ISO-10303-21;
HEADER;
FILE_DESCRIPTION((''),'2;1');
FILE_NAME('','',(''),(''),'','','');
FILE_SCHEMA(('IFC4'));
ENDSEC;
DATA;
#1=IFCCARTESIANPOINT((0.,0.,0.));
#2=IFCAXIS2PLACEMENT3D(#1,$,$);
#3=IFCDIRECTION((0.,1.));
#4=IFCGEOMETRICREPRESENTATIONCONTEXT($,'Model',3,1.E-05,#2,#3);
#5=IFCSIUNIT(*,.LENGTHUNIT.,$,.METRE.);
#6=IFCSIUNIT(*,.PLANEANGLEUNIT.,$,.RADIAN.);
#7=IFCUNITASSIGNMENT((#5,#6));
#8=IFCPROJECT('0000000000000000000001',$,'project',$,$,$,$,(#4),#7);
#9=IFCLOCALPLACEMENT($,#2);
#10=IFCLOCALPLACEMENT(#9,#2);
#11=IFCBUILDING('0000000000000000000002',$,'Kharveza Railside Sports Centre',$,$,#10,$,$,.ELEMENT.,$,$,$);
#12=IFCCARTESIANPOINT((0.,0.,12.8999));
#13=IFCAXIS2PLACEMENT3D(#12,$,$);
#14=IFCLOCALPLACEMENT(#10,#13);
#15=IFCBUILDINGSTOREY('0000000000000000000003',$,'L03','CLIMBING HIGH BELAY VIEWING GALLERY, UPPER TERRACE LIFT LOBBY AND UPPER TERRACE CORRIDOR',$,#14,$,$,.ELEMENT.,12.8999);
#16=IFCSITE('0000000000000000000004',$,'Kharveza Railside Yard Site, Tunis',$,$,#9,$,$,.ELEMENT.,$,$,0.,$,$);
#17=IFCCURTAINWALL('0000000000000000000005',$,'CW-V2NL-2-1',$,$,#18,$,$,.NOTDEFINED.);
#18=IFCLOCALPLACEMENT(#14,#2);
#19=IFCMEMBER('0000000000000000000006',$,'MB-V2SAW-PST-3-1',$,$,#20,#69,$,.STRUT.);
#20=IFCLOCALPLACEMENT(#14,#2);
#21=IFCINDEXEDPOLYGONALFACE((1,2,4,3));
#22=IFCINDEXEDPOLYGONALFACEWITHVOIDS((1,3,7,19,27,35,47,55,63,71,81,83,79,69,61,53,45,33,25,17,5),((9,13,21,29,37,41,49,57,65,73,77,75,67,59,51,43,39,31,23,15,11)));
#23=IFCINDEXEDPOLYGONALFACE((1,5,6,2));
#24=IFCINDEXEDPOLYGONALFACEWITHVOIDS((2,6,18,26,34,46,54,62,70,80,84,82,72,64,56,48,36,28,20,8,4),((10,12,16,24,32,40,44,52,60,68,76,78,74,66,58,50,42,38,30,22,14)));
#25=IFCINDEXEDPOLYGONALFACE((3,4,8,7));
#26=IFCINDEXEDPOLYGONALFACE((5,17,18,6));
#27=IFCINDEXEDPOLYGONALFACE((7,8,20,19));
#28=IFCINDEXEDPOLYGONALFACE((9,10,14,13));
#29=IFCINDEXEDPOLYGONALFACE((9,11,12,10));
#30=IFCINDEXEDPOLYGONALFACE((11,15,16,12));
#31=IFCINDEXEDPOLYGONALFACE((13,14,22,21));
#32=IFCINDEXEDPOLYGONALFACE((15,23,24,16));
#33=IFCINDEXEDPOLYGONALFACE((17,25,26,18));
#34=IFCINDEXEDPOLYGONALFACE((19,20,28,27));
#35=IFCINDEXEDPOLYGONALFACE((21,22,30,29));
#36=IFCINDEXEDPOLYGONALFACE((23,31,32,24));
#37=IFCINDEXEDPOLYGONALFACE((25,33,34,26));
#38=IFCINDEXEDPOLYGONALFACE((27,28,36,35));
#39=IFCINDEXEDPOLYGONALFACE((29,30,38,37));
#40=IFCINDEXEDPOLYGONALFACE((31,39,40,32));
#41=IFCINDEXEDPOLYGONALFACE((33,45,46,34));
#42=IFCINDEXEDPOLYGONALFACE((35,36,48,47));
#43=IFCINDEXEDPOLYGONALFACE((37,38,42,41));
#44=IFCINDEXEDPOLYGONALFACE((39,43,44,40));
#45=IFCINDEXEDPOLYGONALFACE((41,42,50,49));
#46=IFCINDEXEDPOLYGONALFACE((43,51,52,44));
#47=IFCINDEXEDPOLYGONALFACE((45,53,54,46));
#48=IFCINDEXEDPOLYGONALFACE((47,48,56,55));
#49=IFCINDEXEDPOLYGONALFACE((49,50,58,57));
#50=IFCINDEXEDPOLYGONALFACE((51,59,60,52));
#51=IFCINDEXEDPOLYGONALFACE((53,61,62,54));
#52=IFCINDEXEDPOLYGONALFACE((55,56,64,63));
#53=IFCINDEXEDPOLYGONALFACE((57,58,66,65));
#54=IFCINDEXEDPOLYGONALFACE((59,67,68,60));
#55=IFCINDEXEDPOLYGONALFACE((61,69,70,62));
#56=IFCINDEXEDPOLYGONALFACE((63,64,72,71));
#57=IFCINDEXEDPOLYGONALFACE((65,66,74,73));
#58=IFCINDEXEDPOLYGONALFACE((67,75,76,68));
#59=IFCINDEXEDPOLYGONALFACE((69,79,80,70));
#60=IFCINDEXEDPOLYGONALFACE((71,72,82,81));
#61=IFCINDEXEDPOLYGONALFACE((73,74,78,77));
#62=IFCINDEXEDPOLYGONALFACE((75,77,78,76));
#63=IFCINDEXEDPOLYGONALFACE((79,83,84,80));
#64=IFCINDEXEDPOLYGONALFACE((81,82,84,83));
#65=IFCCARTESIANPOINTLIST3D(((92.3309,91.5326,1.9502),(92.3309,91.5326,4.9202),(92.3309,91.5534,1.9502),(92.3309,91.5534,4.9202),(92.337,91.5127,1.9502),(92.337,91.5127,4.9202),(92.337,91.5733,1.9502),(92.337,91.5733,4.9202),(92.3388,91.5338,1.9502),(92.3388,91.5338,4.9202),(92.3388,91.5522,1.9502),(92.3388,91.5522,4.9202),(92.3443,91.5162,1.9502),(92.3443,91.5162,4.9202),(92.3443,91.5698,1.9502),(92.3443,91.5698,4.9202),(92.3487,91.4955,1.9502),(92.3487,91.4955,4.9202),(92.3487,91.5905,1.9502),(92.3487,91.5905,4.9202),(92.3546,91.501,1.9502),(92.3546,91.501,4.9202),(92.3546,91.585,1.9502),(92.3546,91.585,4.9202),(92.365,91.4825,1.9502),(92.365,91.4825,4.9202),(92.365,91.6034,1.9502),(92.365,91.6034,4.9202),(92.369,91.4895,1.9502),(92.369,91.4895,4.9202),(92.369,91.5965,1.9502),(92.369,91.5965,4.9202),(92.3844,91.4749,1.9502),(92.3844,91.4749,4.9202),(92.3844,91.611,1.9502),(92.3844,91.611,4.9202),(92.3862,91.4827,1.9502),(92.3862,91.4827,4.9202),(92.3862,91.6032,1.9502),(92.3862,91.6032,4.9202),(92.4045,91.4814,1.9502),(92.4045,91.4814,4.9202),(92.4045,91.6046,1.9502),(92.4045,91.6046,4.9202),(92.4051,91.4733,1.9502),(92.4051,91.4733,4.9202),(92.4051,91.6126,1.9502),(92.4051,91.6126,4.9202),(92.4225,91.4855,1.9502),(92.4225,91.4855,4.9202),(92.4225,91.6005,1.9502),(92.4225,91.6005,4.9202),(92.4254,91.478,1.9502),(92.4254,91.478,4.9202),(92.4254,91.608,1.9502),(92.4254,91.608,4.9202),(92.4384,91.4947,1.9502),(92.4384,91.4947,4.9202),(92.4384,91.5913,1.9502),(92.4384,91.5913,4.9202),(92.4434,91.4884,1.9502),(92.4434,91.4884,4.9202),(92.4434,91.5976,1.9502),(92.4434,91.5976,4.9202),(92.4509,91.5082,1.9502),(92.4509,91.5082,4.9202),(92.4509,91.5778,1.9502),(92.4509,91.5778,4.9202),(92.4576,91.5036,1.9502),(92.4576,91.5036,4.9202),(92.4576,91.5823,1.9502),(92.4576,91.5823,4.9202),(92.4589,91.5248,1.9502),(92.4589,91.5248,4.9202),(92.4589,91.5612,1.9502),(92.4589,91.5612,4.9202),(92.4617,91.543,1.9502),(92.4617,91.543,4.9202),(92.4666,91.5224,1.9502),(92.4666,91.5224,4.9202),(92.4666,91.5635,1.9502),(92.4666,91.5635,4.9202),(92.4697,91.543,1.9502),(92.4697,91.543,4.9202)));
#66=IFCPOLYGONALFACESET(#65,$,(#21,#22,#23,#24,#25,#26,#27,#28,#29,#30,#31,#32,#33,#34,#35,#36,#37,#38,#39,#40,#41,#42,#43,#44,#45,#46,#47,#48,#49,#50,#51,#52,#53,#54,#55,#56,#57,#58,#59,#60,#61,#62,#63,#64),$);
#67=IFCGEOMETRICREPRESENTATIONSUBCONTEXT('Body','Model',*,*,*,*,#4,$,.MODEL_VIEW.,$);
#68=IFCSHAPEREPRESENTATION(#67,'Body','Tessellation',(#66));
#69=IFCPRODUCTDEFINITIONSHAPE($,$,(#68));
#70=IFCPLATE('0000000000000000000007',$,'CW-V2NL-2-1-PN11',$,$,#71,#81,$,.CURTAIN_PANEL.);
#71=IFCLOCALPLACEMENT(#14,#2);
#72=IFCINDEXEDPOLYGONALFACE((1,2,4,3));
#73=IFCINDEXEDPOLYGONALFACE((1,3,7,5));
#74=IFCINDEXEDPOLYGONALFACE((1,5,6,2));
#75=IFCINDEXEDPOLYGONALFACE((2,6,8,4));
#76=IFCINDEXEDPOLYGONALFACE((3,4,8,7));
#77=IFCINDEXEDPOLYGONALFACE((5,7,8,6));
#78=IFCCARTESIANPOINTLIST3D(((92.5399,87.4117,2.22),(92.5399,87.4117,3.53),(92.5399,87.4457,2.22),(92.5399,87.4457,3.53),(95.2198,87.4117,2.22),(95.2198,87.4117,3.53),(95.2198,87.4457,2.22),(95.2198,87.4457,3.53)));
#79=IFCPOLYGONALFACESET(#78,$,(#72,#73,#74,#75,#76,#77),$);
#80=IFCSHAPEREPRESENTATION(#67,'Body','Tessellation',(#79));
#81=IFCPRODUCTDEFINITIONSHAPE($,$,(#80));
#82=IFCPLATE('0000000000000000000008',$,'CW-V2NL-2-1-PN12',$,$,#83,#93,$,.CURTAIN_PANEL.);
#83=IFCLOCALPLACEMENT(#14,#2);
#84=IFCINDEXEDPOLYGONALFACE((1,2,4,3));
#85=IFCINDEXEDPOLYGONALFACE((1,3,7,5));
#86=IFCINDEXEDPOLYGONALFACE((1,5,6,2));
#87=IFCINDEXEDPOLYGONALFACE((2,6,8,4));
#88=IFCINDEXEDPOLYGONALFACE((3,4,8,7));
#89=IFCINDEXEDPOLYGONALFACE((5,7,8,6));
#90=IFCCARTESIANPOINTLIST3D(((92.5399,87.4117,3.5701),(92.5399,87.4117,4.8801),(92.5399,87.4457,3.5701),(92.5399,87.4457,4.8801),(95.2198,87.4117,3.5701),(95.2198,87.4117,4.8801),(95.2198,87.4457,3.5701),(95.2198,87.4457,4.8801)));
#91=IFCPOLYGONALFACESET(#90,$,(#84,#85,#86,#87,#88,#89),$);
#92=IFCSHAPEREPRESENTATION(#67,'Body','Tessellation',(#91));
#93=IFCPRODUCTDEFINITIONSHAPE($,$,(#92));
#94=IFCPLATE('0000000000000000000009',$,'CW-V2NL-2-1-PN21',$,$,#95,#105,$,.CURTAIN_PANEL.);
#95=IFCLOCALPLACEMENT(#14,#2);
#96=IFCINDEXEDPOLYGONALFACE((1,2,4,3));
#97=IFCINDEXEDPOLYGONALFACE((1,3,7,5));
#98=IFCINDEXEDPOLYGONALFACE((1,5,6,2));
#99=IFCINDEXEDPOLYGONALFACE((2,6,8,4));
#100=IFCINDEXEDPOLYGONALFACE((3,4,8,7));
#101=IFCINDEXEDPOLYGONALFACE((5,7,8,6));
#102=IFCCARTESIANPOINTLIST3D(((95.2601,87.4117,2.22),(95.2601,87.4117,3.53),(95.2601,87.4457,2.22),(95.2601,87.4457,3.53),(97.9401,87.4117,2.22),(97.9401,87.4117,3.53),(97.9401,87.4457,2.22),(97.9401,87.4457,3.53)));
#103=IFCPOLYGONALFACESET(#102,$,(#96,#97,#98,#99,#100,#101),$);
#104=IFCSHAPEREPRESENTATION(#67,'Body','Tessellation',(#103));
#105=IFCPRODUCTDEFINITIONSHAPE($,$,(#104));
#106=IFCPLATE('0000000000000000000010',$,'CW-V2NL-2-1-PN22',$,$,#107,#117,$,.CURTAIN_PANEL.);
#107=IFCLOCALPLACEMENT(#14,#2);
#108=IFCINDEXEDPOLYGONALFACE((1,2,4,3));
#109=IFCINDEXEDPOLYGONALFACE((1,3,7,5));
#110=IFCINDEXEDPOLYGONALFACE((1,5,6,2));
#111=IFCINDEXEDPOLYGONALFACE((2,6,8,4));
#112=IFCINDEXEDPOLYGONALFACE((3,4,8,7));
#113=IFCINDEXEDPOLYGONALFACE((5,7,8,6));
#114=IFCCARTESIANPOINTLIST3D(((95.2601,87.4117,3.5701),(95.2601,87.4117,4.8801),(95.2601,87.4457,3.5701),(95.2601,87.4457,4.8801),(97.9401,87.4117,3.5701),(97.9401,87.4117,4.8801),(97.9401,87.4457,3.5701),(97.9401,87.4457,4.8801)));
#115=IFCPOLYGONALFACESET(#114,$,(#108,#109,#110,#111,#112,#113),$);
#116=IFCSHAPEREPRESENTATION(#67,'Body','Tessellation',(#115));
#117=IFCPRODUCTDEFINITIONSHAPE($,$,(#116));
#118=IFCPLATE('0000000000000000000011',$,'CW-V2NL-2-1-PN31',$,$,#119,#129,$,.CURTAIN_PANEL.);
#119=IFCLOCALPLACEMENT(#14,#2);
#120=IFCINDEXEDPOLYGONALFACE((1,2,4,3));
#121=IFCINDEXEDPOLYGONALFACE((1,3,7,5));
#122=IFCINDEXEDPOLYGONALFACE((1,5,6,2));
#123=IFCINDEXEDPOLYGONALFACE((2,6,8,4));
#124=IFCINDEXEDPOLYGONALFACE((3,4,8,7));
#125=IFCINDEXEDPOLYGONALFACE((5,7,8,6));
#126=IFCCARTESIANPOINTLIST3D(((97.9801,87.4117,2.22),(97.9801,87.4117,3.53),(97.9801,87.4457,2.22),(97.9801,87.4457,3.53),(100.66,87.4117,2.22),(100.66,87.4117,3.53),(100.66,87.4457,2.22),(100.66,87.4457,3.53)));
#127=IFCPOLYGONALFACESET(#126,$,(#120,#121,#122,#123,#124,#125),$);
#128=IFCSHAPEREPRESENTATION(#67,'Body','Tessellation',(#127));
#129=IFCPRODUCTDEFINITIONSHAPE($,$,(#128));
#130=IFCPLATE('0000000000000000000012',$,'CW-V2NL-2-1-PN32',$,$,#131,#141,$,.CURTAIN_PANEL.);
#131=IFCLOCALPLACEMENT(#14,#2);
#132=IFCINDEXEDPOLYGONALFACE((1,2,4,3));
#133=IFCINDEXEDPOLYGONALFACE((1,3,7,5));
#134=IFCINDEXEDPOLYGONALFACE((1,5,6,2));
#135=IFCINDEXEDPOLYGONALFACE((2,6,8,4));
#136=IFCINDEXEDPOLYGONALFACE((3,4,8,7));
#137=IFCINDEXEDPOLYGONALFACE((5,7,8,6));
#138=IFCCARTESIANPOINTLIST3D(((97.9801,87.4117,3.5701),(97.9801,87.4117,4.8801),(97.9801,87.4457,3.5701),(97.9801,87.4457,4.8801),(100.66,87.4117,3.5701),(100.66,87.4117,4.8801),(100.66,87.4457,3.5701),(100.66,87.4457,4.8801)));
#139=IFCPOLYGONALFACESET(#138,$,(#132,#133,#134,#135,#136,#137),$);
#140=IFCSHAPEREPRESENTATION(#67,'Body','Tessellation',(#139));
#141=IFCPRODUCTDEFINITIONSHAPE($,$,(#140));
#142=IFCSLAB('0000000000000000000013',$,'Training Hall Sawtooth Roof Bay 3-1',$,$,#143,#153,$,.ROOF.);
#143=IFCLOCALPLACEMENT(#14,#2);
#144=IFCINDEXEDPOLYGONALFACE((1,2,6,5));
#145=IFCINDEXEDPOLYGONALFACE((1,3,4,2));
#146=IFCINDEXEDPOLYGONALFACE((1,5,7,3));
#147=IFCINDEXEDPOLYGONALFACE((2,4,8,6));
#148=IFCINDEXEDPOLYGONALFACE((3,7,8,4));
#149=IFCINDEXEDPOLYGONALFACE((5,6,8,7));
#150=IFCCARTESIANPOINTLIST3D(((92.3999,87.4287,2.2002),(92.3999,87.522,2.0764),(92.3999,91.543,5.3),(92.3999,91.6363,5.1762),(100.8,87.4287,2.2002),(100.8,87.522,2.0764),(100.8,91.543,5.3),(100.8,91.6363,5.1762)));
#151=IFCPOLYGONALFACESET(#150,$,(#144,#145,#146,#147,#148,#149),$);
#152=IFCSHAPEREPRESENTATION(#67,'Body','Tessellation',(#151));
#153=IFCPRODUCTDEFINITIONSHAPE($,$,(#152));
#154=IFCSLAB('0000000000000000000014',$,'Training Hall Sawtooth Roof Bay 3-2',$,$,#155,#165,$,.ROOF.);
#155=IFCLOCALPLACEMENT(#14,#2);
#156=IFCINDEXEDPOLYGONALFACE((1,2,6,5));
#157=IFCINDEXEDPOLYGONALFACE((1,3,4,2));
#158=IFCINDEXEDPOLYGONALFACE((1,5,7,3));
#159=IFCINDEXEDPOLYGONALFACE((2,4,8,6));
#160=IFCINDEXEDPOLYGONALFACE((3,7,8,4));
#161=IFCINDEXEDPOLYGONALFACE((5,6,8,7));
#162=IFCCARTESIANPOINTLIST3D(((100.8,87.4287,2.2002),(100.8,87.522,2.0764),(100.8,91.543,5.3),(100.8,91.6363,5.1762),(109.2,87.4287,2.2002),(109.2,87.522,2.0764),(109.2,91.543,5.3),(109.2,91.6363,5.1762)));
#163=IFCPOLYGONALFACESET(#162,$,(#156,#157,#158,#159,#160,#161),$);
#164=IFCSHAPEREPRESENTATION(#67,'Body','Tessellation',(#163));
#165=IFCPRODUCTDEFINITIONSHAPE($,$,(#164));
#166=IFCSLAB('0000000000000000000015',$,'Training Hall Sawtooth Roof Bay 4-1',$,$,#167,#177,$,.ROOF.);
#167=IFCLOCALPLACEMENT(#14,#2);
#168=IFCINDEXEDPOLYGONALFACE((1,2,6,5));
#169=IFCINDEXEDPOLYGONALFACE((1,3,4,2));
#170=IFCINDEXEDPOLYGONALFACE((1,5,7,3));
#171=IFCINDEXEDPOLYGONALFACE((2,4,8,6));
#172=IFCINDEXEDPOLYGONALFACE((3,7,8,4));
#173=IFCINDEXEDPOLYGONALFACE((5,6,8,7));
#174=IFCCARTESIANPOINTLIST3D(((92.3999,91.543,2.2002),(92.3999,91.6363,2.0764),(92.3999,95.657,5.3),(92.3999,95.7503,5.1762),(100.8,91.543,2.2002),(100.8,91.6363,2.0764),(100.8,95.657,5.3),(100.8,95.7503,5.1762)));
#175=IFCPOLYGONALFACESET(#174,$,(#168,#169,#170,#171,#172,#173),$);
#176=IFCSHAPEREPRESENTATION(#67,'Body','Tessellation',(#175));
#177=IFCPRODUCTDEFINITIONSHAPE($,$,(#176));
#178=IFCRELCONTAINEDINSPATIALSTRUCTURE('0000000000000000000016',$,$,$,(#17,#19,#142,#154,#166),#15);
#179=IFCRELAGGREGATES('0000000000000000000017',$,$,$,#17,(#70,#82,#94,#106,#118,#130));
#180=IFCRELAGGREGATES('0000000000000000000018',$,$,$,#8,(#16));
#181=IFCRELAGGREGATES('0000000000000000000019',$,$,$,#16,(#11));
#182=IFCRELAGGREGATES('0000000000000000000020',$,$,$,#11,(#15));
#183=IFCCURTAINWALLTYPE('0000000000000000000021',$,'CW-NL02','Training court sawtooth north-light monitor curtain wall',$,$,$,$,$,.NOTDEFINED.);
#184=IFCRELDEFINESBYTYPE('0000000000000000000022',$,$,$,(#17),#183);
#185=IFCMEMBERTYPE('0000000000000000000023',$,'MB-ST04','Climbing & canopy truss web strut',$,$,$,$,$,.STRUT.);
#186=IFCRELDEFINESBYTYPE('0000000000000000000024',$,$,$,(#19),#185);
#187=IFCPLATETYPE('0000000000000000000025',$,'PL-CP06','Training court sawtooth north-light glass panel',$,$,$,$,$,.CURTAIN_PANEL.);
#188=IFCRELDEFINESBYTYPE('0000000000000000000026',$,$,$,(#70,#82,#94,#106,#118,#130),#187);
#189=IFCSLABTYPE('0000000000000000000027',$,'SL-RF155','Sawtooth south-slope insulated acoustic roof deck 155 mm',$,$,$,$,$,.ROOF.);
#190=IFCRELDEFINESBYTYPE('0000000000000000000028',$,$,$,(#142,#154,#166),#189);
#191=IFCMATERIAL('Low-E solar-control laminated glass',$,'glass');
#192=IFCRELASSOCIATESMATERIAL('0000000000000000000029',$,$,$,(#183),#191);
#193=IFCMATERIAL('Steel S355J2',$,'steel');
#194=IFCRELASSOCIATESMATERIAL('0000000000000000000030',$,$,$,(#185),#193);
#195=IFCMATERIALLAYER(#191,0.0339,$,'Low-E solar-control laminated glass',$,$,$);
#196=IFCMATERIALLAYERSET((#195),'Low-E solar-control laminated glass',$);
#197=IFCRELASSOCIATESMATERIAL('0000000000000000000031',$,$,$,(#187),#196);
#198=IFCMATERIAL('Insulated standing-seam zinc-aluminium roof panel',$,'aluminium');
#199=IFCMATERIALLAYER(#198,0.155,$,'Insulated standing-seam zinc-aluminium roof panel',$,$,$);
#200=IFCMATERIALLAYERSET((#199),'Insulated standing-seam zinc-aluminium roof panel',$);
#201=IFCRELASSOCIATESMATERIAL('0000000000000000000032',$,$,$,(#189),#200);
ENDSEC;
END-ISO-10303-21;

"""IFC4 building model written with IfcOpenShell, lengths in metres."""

from ifc_helpers import new_model, si_unit, direction, frame, origin, origin_2d, place, context, subcontext, project, spatial, polyline, rectangle, hollow_circle, outline, extrude, material, layer, layer_set, material_profile, profile_set, type_object, element, aggregate, save


model = new_model("IFC4")

# Units and contexts
model_context = context("Model", 3, precision=1e-05, world=origin(), true_north=direction((0.0, 1.0)))
body_context = subcontext(model_context, "Body", "Model", "MODEL_VIEW")
ifc_project = project(units=[si_unit("LENGTHUNIT", "METRE"), si_unit("PLANEANGLEUNIT", "RADIAN")], contexts=[model_context])

# Site, building, storey
site_placement = place(None, origin())
site = spatial("IfcSite", under=ifc_project, at=site_placement, Name="Kharveza Railside Yard Site, Tunis", CompositionType="ELEMENT", RefElevation=0.0)
building_placement = place(site_placement, origin())
building = spatial("IfcBuilding", under=site, at=building_placement, Name="Kharveza Railside Sports Centre", CompositionType="ELEMENT")
storey_placement = place(building_placement, frame((0.0, 0.0, 12.8999)))
storey = spatial("IfcBuildingStorey", under=building, at=storey_placement, Name="L03", Description="CLIMBING HIGH BELAY VIEWING GALLERY, UPPER TERRACE LIFT LOBBY AND UPPER TERRACE CORRIDOR", CompositionType="ELEMENT", Elevation=12.8999)

# Shared definitions
ifc_material_1 = material(Name="Steel S355J2", Category="steel")

# Curtain wall
ifc_material_2 = material(Name="Low-E solar-control laminated glass", Category="glass")
curtain_wall_type = type_object("IfcCurtainWallType", Name="CW-NL02", Description="Training court sawtooth north-light monitor curtain wall", PredefinedType="NOTDEFINED", material=ifc_material_2)
curtain_wall_1_placement = place(storey_placement, origin())
curtain_wall_1 = element("IfcCurtainWall", 1, at=curtain_wall_1_placement, inside=storey, type_object=curtain_wall_type, Name="CW-V2NL-2-1", PredefinedType="NOTDEFINED")

# Member
ifc_material_profile_1 = material_profile(ifc_material_1, hollow_circle(Radius=0.0698, WallThickness=0.0081, at=origin_2d()), Name="CHS 139.7x8.0")
ifc_profile_set_1 = profile_set([ifc_material_profile_1], Name="Steel S355J2")
member_type_1 = type_object("IfcMemberType", Name="MB-ST04", Description="Climbing & canopy truss web strut", PredefinedType="STRUT", material=ifc_profile_set_1)
for number, where, z_axis, x_axis, name in (
    (2, (92.3999, 91.543, 1.9502), (0.0, 0.0, 1.0), (1.0, 0.0, 0.0), "MB-V2SAW-PST-3-1"),
):
    element("IfcMember", number, at=place(storey_placement, frame(where, z_axis=z_axis, x_axis=x_axis)), inside=storey, type_object=member_type_1, Name=name, PredefinedType="STRUT", context=body_context, shape_type="SweptSolid", body=[
        extrude(hollow_circle(Radius=0.0698, WallThickness=0.0081, at=origin_2d()), origin(), (0.0, 0.0, 1.0), 2.97),
    ])

# Plates
ifc_layer_1 = layer(ifc_material_2, 0.0339, Name="Low-E solar-control laminated glass")
ifc_layer_set_1 = layer_set([ifc_layer_1], Name="Low-E solar-control laminated glass")
plate_type = type_object("IfcPlateType", Name="PL-CP06", Description="Training court sawtooth north-light glass panel", PredefinedType="CURTAIN_PANEL", material=ifc_layer_set_1)
plate_1_placement = place(storey_placement, frame((93.8799, 87.4287, 2.22), z_axis=(0.0, 0.0, 1.0), x_axis=(1.0, 0.0, 0.0)))
plate_1 = element("IfcPlate", 3, at=plate_1_placement, type_object=plate_type, Name="CW-V2NL-2-1-PN11", PredefinedType="CURTAIN_PANEL", context=body_context, shape_type="SweptSolid", body=[
    extrude(rectangle(XDim=2.6799, YDim=0.0339, at=origin_2d()), origin(), (0.0, 0.0, 1.0), 1.3101),
])
plate_2_placement = place(storey_placement, frame((93.8799, 87.4287, 3.5701), z_axis=(0.0, 0.0, 1.0), x_axis=(1.0, 0.0, 0.0)))
plate_2 = element("IfcPlate", 4, at=plate_2_placement, type_object=plate_type, Name="CW-V2NL-2-1-PN12", PredefinedType="CURTAIN_PANEL", context=body_context, shape_type="SweptSolid", body=[
    extrude(rectangle(XDim=2.6799, YDim=0.0339, at=origin_2d()), origin(), (0.0, 0.0, 1.0), 1.3101),
])
plate_3_placement = place(storey_placement, frame((96.6001, 87.4287, 2.22), z_axis=(0.0, 0.0, 1.0), x_axis=(1.0, 0.0, 0.0)))
plate_3 = element("IfcPlate", 5, at=plate_3_placement, type_object=plate_type, Name="CW-V2NL-2-1-PN21", PredefinedType="CURTAIN_PANEL", context=body_context, shape_type="SweptSolid", body=[
    extrude(rectangle(XDim=2.6799, YDim=0.0339, at=origin_2d()), origin(), (0.0, 0.0, 1.0), 1.3101),
])
plate_4_placement = place(storey_placement, frame((96.6001, 87.4287, 3.5701), z_axis=(0.0, 0.0, 1.0), x_axis=(1.0, 0.0, 0.0)))
plate_4 = element("IfcPlate", 6, at=plate_4_placement, type_object=plate_type, Name="CW-V2NL-2-1-PN22", PredefinedType="CURTAIN_PANEL", context=body_context, shape_type="SweptSolid", body=[
    extrude(rectangle(XDim=2.6799, YDim=0.0339, at=origin_2d()), origin(), (0.0, 0.0, 1.0), 1.3101),
])
plate_5_placement = place(storey_placement, frame((99.3201, 87.4287, 2.22), z_axis=(0.0, 0.0, 1.0), x_axis=(1.0, 0.0, 0.0)))
plate_5 = element("IfcPlate", 7, at=plate_5_placement, type_object=plate_type, Name="CW-V2NL-2-1-PN31", PredefinedType="CURTAIN_PANEL", context=body_context, shape_type="SweptSolid", body=[
    extrude(rectangle(XDim=2.6799, YDim=0.0339, at=origin_2d()), origin(), (0.0, 0.0, 1.0), 1.3101),
])
plate_6_placement = place(storey_placement, frame((99.3201, 87.4287, 3.5701), z_axis=(0.0, 0.0, 1.0), x_axis=(1.0, 0.0, 0.0)))
plate_6 = element("IfcPlate", 8, at=plate_6_placement, type_object=plate_type, Name="CW-V2NL-2-1-PN32", PredefinedType="CURTAIN_PANEL", context=body_context, shape_type="SweptSolid", body=[
    extrude(rectangle(XDim=2.6799, YDim=0.0339, at=origin_2d()), origin(), (0.0, 0.0, 1.0), 1.3101),
])
aggregate(curtain_wall_1, [plate_1, plate_2, plate_3, plate_4, plate_5, plate_6])

# Slabs
ifc_material_3 = material(Name="Insulated standing-seam zinc-aluminium roof panel", Category="aluminium")
ifc_layer_2 = layer(ifc_material_3, 0.155, Name="Insulated standing-seam zinc-aluminium roof panel")
ifc_layer_set_2 = layer_set([ifc_layer_2], Name="Insulated standing-seam zinc-aluminium roof panel")
slab_type = type_object("IfcSlabType", Name="SL-RF155", Description="Sawtooth south-slope insulated acoustic roof deck 155 mm", PredefinedType="ROOF", material=ifc_layer_set_2)
slab_1_placement = place(storey_placement, frame((92.3999, 87.4287, 2.2002), z_axis=(0.0, -0.601758, 0.798679), x_axis=(1.0, 0.0, 0.0)))
element("IfcSlab", 9, at=slab_1_placement, inside=storey, type_object=slab_type, Name="Training Hall Sawtooth Roof Bay 3-1", PredefinedType="ROOF", context=body_context, shape_type="SweptSolid", body=[
    extrude(outline(polyline([(0.0, 0.0), (8.4001, 0.0), (8.4001, 5.1513), (0.0, 5.1513), (0.0, 0.0)])), origin(), (0.0, 0.0, -1.0), 0.155),
])
slab_2_placement = place(storey_placement, frame((100.8, 87.4287, 2.2002), z_axis=(0.0, -0.601758, 0.798679), x_axis=(1.0, 0.0, 0.0)))
element("IfcSlab", 10, at=slab_2_placement, inside=storey, type_object=slab_type, Name="Training Hall Sawtooth Roof Bay 3-2", PredefinedType="ROOF", context=body_context, shape_type="SweptSolid", body=[
    extrude(outline(polyline([(0.0, 0.0), (8.3999, 0.0), (8.3999, 5.1513), (0.0, 5.1513), (0.0, 0.0)])), origin(), (0.0, 0.0, -1.0), 0.155),
])
slab_3_placement = place(storey_placement, frame((92.3999, 91.543, 2.2002), z_axis=(0.0, -0.601781, 0.798661), x_axis=(1.0, 0.0, 0.0)))
element("IfcSlab", 11, at=slab_3_placement, inside=storey, type_object=slab_type, Name="Training Hall Sawtooth Roof Bay 4-1", PredefinedType="ROOF", context=body_context, shape_type="SweptSolid", body=[
    extrude(outline(polyline([(0.0, 0.0), (8.4001, 0.0), (8.4001, 5.1511), (0.0, 5.1511), (0.0, 0.0)])), origin(), (0.0, 0.0, -1.0), 0.155),
])

save(model, "model.ifc")
